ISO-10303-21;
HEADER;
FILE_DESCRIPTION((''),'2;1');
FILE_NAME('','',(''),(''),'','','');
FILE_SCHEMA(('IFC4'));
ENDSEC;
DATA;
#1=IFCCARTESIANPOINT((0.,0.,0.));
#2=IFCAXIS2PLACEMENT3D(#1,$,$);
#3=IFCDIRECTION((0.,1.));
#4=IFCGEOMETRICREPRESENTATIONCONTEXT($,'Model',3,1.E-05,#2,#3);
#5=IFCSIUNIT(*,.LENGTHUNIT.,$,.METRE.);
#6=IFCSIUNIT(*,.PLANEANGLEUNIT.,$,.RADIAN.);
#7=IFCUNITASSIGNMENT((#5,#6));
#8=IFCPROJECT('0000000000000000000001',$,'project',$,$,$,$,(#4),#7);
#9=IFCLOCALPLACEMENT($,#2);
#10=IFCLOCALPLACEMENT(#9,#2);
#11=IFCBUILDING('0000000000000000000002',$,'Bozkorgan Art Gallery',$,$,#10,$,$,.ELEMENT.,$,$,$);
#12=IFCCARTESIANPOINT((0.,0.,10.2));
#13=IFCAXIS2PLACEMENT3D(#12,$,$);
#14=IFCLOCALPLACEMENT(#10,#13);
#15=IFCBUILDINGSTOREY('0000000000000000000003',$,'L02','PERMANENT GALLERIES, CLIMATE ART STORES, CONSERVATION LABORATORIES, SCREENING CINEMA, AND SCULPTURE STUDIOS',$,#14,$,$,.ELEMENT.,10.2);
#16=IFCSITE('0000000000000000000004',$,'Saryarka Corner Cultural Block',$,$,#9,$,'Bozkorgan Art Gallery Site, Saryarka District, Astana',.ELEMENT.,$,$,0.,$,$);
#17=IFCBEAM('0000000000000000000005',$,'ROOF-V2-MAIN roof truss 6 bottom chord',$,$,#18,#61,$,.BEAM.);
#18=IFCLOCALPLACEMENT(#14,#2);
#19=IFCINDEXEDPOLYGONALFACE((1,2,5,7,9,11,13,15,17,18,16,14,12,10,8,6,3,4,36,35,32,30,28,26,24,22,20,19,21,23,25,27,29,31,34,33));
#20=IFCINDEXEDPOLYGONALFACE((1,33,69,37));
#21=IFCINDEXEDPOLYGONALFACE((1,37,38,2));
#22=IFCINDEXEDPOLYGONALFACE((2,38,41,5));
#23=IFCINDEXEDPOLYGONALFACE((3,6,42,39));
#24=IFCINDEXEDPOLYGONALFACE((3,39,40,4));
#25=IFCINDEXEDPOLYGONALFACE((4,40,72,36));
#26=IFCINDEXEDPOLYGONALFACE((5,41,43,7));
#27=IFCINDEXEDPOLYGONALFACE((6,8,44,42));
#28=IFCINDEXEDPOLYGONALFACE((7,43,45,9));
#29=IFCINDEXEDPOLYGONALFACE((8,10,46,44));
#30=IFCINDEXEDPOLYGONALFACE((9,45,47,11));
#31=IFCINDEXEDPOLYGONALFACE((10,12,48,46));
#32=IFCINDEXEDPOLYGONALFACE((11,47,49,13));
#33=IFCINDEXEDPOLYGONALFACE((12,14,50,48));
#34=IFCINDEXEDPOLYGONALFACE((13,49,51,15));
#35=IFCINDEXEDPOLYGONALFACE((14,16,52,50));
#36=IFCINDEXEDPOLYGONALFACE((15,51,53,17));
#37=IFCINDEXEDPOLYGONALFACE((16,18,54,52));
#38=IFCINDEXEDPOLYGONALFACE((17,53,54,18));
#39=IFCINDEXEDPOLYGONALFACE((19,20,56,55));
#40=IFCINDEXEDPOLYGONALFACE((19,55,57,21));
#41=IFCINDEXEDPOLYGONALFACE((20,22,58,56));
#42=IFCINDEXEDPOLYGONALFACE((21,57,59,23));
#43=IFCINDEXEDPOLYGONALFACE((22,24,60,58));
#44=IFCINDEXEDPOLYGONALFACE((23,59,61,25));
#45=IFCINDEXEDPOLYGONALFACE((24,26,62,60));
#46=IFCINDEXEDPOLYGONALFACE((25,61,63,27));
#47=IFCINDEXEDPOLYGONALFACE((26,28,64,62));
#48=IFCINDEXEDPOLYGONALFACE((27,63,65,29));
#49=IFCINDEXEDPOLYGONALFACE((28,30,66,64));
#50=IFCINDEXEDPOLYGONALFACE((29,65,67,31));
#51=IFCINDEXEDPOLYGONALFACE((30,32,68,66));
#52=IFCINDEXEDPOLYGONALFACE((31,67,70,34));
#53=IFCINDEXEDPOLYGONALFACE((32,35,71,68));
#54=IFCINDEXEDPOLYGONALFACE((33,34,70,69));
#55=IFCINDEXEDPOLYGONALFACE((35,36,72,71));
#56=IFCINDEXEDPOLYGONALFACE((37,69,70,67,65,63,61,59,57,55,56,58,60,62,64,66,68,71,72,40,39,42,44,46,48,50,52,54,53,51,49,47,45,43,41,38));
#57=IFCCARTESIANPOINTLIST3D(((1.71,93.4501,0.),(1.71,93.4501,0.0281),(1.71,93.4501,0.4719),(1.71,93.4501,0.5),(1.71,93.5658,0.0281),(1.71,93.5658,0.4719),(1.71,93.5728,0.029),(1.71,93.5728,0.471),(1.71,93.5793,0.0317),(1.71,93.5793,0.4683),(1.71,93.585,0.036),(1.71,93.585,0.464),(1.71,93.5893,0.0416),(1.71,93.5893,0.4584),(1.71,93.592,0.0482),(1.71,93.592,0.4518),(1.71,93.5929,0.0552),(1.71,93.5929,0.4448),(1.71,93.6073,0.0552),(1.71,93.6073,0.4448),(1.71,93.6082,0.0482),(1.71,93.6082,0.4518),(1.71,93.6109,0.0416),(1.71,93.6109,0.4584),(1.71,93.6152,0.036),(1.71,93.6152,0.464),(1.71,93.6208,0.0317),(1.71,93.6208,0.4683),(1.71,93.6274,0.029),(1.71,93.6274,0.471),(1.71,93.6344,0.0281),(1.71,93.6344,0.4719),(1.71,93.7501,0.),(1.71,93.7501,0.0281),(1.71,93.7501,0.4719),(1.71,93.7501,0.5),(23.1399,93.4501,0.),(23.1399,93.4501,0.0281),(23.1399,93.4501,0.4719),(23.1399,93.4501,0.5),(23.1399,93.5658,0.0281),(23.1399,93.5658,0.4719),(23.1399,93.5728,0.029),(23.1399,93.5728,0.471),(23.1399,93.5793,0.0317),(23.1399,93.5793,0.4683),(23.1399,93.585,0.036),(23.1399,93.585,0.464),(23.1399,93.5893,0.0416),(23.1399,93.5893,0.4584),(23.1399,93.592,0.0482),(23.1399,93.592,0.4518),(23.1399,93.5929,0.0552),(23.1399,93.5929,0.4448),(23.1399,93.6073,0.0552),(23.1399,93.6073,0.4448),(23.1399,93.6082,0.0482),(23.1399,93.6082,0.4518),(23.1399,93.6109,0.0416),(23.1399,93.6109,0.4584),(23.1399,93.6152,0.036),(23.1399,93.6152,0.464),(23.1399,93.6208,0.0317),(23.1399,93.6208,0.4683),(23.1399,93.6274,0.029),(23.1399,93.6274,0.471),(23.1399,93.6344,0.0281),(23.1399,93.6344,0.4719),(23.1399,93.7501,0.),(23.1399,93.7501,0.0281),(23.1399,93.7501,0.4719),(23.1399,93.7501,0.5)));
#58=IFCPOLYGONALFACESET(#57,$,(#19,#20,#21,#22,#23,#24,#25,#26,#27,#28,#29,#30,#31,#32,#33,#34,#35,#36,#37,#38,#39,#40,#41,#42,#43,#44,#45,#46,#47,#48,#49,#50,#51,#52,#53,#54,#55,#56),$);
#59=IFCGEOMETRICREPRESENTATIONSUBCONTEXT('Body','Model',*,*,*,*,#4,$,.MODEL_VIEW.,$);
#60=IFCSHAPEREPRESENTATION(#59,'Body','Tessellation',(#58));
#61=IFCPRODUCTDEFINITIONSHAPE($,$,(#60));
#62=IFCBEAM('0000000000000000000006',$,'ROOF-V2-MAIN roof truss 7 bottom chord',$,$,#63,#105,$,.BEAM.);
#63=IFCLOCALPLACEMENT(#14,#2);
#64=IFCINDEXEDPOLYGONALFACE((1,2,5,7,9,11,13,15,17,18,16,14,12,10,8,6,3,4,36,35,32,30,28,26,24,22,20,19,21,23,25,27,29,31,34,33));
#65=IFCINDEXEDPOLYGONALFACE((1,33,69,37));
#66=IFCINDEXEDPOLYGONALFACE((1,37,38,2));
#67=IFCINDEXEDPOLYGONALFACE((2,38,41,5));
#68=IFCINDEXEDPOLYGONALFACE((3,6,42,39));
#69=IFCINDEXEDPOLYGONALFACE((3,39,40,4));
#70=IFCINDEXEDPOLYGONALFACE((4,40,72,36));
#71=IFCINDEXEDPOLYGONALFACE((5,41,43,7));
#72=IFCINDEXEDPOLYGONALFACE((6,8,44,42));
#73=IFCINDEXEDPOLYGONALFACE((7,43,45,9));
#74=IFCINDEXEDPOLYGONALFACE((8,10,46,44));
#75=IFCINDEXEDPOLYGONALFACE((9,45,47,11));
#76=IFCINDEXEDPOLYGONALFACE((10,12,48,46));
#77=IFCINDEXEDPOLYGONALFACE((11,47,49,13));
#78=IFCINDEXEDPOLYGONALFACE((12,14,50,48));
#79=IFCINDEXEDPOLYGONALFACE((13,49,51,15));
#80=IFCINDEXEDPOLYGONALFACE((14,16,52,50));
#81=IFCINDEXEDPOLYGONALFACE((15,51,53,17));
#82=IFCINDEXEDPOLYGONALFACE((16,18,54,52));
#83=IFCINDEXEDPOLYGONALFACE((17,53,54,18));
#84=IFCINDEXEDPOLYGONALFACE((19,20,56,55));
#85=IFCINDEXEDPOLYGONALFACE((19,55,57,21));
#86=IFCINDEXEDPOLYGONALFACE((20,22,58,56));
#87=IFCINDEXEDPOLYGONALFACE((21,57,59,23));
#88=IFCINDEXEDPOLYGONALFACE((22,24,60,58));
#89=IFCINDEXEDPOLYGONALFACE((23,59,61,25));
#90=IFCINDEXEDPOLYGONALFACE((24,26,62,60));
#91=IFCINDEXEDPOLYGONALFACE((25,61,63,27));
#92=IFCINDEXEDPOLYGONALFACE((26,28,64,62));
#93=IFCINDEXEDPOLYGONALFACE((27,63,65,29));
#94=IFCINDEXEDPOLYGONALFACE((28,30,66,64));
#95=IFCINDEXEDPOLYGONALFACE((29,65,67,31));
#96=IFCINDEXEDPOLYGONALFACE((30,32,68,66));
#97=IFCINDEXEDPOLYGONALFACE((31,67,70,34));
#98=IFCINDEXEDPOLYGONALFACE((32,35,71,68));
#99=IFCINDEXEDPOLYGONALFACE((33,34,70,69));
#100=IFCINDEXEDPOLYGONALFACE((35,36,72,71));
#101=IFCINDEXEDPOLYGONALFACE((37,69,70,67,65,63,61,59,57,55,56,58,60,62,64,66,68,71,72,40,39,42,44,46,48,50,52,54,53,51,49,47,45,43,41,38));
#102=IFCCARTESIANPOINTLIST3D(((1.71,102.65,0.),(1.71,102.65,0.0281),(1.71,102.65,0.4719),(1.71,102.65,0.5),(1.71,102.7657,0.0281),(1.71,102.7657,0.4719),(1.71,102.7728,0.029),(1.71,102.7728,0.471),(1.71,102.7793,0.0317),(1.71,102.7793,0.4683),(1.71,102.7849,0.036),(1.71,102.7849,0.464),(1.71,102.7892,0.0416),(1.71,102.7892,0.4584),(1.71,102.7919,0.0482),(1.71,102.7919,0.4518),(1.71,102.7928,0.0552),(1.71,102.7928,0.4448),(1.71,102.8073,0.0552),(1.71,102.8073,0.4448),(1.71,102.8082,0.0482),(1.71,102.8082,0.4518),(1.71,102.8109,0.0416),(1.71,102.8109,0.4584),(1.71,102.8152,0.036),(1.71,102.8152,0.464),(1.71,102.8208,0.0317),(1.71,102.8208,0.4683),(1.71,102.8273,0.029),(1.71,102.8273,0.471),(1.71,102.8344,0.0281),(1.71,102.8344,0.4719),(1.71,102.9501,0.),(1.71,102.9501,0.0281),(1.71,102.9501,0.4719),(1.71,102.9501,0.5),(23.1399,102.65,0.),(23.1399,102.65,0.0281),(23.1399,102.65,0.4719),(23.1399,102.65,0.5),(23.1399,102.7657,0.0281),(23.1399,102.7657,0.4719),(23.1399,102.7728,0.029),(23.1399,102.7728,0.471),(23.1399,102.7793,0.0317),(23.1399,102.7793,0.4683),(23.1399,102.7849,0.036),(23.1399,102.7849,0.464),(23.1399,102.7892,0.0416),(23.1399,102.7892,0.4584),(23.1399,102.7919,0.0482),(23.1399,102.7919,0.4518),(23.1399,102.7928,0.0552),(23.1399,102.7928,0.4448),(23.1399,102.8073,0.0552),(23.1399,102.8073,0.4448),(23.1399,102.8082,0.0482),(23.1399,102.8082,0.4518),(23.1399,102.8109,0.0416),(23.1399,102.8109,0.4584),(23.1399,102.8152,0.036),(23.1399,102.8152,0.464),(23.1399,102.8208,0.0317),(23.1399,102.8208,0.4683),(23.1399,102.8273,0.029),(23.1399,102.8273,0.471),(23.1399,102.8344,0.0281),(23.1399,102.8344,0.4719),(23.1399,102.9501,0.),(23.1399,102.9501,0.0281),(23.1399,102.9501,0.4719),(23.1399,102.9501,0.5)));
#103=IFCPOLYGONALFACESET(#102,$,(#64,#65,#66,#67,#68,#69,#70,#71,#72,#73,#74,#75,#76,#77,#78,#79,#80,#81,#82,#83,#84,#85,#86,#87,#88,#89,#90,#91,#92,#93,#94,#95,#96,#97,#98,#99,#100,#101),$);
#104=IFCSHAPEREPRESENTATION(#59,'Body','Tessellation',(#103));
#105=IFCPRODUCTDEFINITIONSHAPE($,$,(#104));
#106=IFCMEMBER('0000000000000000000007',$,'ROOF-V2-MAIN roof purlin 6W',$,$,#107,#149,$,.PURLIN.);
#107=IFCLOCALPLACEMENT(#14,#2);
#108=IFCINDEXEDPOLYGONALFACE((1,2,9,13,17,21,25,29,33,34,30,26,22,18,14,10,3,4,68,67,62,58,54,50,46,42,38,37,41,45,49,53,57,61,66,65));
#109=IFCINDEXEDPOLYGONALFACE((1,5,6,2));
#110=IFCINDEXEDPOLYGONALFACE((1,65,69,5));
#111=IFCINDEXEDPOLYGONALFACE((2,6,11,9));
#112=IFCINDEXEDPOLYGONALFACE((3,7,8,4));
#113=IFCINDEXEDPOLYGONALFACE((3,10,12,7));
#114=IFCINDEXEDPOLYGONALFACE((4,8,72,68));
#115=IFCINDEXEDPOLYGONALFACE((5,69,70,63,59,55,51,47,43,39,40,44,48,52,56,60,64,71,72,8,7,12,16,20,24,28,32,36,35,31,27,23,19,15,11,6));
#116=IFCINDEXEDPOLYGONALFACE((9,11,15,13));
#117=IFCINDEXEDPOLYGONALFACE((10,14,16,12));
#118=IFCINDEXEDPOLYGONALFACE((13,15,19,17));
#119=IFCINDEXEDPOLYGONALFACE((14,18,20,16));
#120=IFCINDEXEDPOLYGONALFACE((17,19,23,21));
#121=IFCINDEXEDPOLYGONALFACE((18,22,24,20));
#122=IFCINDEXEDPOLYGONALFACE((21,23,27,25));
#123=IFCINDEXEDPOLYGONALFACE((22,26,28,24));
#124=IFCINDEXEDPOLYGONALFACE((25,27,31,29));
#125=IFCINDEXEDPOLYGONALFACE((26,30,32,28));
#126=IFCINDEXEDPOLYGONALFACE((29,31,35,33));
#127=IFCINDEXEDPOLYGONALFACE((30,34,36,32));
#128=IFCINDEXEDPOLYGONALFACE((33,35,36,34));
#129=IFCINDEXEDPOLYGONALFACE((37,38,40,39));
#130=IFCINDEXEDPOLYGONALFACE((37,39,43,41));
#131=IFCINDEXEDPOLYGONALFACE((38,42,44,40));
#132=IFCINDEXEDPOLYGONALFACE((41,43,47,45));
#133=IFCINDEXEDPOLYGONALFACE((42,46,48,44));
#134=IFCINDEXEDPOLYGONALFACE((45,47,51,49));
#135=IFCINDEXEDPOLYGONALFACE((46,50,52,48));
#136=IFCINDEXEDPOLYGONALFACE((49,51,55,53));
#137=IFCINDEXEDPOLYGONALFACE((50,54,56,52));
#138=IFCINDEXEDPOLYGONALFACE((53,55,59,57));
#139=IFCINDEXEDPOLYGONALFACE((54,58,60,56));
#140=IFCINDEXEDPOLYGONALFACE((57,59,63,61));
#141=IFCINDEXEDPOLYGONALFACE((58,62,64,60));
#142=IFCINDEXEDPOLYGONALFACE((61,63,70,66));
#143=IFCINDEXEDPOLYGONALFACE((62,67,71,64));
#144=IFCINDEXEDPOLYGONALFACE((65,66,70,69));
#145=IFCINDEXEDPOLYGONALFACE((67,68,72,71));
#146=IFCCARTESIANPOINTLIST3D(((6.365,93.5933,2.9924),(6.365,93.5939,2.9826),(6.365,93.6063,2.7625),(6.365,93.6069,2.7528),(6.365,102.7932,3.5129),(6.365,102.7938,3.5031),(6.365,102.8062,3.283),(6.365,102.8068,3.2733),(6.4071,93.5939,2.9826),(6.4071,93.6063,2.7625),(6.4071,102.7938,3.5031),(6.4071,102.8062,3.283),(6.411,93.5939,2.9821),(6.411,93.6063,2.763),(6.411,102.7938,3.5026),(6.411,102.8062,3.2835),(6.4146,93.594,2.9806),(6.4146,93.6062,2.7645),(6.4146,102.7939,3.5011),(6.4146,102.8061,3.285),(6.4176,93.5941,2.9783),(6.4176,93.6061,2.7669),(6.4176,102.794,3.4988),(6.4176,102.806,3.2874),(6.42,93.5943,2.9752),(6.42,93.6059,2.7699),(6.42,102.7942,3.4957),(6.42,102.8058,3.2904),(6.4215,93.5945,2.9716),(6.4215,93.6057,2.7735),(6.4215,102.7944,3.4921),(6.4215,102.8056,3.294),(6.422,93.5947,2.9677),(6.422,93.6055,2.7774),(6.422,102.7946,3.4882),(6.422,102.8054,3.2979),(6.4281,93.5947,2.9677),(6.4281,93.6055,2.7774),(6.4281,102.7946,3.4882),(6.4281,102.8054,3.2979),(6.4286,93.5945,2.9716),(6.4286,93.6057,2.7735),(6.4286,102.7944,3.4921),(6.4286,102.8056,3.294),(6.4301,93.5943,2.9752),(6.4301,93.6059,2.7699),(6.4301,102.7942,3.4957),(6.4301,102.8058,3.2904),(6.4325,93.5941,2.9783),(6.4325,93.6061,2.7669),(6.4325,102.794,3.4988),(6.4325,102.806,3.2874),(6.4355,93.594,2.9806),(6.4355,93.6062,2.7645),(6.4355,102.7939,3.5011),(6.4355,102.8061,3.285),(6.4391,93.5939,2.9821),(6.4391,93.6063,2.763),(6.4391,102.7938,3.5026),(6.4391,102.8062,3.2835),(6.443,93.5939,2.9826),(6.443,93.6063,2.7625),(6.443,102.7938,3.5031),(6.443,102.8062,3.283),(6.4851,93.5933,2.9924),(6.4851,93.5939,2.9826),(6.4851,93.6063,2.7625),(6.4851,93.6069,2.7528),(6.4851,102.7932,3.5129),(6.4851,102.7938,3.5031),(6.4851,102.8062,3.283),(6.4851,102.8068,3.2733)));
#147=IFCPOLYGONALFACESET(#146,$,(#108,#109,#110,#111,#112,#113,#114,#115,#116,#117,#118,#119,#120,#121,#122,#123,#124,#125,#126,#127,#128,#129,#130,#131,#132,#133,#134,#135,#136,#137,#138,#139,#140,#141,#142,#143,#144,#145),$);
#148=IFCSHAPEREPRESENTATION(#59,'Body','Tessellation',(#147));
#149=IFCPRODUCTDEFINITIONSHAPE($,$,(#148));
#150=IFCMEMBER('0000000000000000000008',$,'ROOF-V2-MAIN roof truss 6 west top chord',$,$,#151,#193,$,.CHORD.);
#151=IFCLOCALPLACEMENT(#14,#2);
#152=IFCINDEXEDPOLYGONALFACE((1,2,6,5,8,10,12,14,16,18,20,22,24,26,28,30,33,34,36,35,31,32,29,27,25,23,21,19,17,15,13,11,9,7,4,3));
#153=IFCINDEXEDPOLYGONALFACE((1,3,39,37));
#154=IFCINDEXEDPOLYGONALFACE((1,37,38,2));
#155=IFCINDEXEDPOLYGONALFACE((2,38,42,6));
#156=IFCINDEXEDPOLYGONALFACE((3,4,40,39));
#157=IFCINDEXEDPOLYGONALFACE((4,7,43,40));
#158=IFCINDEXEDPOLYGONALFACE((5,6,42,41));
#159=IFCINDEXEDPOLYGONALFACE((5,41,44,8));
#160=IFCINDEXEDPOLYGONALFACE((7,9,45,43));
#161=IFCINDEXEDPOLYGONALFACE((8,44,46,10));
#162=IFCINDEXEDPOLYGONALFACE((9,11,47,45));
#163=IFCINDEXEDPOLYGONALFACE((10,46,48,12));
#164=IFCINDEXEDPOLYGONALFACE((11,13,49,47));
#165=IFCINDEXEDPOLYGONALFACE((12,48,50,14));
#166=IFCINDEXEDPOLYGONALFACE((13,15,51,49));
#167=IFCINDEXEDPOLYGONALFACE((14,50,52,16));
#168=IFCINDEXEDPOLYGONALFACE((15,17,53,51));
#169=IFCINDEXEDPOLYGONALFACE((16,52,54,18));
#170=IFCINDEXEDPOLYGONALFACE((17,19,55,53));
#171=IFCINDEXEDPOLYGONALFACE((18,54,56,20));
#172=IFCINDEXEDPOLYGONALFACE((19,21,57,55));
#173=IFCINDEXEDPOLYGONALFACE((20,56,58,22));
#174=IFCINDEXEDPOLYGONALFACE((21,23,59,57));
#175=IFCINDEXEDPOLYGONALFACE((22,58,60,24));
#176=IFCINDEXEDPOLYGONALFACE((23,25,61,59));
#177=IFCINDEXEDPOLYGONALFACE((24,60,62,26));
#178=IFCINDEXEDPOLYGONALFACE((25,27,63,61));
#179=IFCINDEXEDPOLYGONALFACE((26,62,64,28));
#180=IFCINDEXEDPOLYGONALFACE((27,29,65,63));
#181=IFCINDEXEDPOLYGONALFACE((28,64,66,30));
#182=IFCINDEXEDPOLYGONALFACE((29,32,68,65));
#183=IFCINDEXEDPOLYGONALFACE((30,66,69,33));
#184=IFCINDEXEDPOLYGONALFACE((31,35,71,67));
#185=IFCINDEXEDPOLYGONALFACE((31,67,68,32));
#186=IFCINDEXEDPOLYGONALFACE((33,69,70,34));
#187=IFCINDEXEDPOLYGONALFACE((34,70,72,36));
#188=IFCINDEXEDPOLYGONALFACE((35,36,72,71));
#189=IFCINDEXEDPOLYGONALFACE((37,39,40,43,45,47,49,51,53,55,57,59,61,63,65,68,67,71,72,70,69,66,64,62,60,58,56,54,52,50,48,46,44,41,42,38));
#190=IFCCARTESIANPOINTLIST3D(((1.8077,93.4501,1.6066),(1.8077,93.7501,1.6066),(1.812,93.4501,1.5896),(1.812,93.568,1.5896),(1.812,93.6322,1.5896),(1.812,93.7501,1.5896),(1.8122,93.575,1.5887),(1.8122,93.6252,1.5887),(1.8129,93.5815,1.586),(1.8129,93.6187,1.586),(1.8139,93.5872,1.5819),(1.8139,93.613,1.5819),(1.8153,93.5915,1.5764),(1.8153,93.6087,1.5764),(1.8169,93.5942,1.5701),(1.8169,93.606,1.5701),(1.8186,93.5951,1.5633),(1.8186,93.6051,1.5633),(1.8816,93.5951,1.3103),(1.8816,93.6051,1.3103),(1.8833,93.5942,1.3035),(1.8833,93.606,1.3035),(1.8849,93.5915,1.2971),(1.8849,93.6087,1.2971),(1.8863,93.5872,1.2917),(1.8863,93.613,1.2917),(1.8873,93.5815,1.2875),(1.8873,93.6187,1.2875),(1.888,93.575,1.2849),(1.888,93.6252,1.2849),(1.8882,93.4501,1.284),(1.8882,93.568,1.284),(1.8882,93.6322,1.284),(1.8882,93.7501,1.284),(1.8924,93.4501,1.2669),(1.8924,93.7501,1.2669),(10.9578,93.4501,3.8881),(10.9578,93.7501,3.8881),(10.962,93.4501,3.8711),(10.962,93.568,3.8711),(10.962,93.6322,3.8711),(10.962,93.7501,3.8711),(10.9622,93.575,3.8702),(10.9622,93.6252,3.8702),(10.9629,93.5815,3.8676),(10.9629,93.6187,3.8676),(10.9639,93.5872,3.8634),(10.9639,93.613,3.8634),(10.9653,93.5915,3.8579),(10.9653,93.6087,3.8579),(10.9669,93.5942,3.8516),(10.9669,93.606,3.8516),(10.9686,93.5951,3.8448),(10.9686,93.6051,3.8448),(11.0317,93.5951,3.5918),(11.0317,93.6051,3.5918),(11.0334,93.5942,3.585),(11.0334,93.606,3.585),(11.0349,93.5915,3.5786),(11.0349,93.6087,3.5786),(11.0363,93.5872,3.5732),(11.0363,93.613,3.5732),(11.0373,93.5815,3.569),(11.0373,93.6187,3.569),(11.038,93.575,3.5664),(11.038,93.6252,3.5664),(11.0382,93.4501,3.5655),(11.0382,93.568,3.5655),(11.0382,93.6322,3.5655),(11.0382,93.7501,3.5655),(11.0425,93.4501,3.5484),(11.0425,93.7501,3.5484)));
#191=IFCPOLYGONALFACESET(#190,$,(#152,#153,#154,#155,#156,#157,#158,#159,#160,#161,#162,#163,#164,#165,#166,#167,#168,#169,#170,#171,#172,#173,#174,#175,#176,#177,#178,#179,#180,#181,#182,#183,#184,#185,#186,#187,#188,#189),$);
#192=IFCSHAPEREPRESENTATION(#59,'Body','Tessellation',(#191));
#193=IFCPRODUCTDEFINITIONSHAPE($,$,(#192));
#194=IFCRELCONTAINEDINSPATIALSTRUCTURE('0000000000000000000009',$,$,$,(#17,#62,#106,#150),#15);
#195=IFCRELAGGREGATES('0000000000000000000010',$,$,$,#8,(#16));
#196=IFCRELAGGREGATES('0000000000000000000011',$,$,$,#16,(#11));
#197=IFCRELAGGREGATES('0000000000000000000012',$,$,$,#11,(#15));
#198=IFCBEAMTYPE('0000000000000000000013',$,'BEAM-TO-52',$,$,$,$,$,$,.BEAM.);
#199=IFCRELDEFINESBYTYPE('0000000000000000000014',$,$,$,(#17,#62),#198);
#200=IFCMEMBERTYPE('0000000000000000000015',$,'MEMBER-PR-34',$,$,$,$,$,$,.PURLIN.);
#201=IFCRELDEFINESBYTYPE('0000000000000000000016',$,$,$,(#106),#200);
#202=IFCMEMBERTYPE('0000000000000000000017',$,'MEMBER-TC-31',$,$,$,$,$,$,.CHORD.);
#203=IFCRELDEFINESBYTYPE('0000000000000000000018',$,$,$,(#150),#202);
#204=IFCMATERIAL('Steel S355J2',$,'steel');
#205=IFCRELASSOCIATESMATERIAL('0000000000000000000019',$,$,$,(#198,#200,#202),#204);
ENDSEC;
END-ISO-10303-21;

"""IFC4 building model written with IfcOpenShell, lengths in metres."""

from ifc_helpers import new_model, si_unit, direction, frame, origin, origin_2d, place, context, subcontext, project, spatial, i_section, extrude, material, material_profile, profile_set, type_object, element, save


model = new_model("IFC4")

# Units and contexts
model_context = context("Model", 3, precision=1e-05, world=origin(), true_north=direction((0.0, 1.0)))
body_context = subcontext(model_context, "Body", "Model", "MODEL_VIEW")
ifc_project = project(units=[si_unit("LENGTHUNIT", "METRE"), si_unit("PLANEANGLEUNIT", "RADIAN")], contexts=[model_context])

# Site, building, storey
site_placement = place(None, origin())
site = spatial("IfcSite", under=ifc_project, at=site_placement, Name="Saryarka Corner Cultural Block", LongName="Bozkorgan Art Gallery Site, Saryarka District, Astana", CompositionType="ELEMENT", RefElevation=0.0)
building_placement = place(site_placement, origin())
building = spatial("IfcBuilding", under=site, at=building_placement, Name="Bozkorgan Art Gallery", CompositionType="ELEMENT")
storey_placement = place(building_placement, frame((0.0, 0.0, 10.2)))
storey = spatial("IfcBuildingStorey", under=building, at=storey_placement, Name="L02", Description="PERMANENT GALLERIES, CLIMATE ART STORES, CONSERVATION LABORATORIES, SCREENING CINEMA, AND SCULPTURE STUDIOS", CompositionType="ELEMENT", Elevation=10.2)

# Beams
ifc_material_1 = material(Name="Steel S355J2", Category="steel")
ifc_material_profile_1 = material_profile(ifc_material_1, i_section(OverallWidth=0.3, OverallDepth=0.5, WebThickness=0.0144, FlangeThickness=0.0281, FilletRadius=0.0271, at=origin_2d()), Name="HEB 500")
ifc_profile_set_1 = profile_set([ifc_material_profile_1], Name="Steel S355J2")
beam_type = type_object("IfcBeamType", Name="BEAM-TO-52", PredefinedType="BEAM", material=ifc_profile_set_1)
for number, where, z_axis, x_axis, name in (
    (1, (1.71, 93.6001, 0.25), (1.0, 0.0, 0.0), (0.0, 1.0, 0.0), "ROOF-V2-MAIN roof truss 6 bottom chord"),
    (2, (1.71, 102.8, 0.25), (1.0, 0.0, 0.0), (0.0, 1.0, 0.0), "ROOF-V2-MAIN roof truss 7 bottom chord"),
):
    element("IfcBeam", number, at=place(storey_placement, frame(where, z_axis=z_axis, x_axis=x_axis)), inside=storey, type_object=beam_type, Name=name, PredefinedType="BEAM", context=body_context, shape_type="SweptSolid", body=[
        extrude(i_section(OverallWidth=0.3, OverallDepth=0.5, WebThickness=0.0144, FlangeThickness=0.0281, FilletRadius=0.0271, at=origin_2d()), origin(), (0.0, 0.0, 1.0), 21.4299),
    ])

# Members
ifc_material_profile_2 = material_profile(ifc_material_1, i_section(OverallWidth=0.1201, OverallDepth=0.24, WebThickness=0.0061, FlangeThickness=0.0098, FilletRadius=0.0149, at=origin_2d()), Name="IPE 240")
ifc_profile_set_2 = profile_set([ifc_material_profile_2], Name="Steel S355J2")
member_type_1 = type_object("IfcMemberType", Name="MEMBER-PR-34", PredefinedType="PURLIN", material=ifc_profile_set_2)
member_1_placement = place(storey_placement, frame((6.425, 93.6001, 2.8726), z_axis=(0.0, 0.998403, 0.056487), x_axis=(-1.0, 0.0, 0.0)))
element("IfcMember", 3, at=member_1_placement, inside=storey, type_object=member_type_1, Name="ROOF-V2-MAIN roof purlin 6W", PredefinedType="PURLIN", context=body_context, shape_type="SweptSolid", body=[
    extrude(i_section(OverallWidth=0.1201, OverallDepth=0.24, WebThickness=0.0061, FlangeThickness=0.0098, FilletRadius=0.0149, at=origin_2d()), origin(), (0.0, 0.0, 1.0), 9.2146),
])
ifc_material_profile_3 = material_profile(ifc_material_1, i_section(OverallWidth=0.3, OverallDepth=0.3501, WebThickness=0.01, FlangeThickness=0.0176, FilletRadius=0.0271, at=origin_2d()), Name="HEA 360")
ifc_profile_set_3 = profile_set([ifc_material_profile_3], Name="Steel S355J2")
member_type_2 = type_object("IfcMemberType", Name="MEMBER-TC-31", PredefinedType="CHORD", material=ifc_profile_set_3)
member_2_placement = place(storey_placement, frame((1.8501, 93.6001, 1.4368), z_axis=(0.970292, 0.0, 0.241939), x_axis=(0.0, 1.0, 0.0)))
element("IfcMember", 4, at=member_2_placement, inside=storey, type_object=member_type_2, Name="ROOF-V2-MAIN roof truss 6 west top chord", PredefinedType="CHORD", context=body_context, shape_type="SweptSolid", body=[
    extrude(i_section(OverallWidth=0.3, OverallDepth=0.3501, WebThickness=0.01, FlangeThickness=0.0176, FilletRadius=0.0271, at=origin_2d()), origin(), (0.0, 0.0, 1.0), 9.4302),
])

save(model, "model.ifc")
